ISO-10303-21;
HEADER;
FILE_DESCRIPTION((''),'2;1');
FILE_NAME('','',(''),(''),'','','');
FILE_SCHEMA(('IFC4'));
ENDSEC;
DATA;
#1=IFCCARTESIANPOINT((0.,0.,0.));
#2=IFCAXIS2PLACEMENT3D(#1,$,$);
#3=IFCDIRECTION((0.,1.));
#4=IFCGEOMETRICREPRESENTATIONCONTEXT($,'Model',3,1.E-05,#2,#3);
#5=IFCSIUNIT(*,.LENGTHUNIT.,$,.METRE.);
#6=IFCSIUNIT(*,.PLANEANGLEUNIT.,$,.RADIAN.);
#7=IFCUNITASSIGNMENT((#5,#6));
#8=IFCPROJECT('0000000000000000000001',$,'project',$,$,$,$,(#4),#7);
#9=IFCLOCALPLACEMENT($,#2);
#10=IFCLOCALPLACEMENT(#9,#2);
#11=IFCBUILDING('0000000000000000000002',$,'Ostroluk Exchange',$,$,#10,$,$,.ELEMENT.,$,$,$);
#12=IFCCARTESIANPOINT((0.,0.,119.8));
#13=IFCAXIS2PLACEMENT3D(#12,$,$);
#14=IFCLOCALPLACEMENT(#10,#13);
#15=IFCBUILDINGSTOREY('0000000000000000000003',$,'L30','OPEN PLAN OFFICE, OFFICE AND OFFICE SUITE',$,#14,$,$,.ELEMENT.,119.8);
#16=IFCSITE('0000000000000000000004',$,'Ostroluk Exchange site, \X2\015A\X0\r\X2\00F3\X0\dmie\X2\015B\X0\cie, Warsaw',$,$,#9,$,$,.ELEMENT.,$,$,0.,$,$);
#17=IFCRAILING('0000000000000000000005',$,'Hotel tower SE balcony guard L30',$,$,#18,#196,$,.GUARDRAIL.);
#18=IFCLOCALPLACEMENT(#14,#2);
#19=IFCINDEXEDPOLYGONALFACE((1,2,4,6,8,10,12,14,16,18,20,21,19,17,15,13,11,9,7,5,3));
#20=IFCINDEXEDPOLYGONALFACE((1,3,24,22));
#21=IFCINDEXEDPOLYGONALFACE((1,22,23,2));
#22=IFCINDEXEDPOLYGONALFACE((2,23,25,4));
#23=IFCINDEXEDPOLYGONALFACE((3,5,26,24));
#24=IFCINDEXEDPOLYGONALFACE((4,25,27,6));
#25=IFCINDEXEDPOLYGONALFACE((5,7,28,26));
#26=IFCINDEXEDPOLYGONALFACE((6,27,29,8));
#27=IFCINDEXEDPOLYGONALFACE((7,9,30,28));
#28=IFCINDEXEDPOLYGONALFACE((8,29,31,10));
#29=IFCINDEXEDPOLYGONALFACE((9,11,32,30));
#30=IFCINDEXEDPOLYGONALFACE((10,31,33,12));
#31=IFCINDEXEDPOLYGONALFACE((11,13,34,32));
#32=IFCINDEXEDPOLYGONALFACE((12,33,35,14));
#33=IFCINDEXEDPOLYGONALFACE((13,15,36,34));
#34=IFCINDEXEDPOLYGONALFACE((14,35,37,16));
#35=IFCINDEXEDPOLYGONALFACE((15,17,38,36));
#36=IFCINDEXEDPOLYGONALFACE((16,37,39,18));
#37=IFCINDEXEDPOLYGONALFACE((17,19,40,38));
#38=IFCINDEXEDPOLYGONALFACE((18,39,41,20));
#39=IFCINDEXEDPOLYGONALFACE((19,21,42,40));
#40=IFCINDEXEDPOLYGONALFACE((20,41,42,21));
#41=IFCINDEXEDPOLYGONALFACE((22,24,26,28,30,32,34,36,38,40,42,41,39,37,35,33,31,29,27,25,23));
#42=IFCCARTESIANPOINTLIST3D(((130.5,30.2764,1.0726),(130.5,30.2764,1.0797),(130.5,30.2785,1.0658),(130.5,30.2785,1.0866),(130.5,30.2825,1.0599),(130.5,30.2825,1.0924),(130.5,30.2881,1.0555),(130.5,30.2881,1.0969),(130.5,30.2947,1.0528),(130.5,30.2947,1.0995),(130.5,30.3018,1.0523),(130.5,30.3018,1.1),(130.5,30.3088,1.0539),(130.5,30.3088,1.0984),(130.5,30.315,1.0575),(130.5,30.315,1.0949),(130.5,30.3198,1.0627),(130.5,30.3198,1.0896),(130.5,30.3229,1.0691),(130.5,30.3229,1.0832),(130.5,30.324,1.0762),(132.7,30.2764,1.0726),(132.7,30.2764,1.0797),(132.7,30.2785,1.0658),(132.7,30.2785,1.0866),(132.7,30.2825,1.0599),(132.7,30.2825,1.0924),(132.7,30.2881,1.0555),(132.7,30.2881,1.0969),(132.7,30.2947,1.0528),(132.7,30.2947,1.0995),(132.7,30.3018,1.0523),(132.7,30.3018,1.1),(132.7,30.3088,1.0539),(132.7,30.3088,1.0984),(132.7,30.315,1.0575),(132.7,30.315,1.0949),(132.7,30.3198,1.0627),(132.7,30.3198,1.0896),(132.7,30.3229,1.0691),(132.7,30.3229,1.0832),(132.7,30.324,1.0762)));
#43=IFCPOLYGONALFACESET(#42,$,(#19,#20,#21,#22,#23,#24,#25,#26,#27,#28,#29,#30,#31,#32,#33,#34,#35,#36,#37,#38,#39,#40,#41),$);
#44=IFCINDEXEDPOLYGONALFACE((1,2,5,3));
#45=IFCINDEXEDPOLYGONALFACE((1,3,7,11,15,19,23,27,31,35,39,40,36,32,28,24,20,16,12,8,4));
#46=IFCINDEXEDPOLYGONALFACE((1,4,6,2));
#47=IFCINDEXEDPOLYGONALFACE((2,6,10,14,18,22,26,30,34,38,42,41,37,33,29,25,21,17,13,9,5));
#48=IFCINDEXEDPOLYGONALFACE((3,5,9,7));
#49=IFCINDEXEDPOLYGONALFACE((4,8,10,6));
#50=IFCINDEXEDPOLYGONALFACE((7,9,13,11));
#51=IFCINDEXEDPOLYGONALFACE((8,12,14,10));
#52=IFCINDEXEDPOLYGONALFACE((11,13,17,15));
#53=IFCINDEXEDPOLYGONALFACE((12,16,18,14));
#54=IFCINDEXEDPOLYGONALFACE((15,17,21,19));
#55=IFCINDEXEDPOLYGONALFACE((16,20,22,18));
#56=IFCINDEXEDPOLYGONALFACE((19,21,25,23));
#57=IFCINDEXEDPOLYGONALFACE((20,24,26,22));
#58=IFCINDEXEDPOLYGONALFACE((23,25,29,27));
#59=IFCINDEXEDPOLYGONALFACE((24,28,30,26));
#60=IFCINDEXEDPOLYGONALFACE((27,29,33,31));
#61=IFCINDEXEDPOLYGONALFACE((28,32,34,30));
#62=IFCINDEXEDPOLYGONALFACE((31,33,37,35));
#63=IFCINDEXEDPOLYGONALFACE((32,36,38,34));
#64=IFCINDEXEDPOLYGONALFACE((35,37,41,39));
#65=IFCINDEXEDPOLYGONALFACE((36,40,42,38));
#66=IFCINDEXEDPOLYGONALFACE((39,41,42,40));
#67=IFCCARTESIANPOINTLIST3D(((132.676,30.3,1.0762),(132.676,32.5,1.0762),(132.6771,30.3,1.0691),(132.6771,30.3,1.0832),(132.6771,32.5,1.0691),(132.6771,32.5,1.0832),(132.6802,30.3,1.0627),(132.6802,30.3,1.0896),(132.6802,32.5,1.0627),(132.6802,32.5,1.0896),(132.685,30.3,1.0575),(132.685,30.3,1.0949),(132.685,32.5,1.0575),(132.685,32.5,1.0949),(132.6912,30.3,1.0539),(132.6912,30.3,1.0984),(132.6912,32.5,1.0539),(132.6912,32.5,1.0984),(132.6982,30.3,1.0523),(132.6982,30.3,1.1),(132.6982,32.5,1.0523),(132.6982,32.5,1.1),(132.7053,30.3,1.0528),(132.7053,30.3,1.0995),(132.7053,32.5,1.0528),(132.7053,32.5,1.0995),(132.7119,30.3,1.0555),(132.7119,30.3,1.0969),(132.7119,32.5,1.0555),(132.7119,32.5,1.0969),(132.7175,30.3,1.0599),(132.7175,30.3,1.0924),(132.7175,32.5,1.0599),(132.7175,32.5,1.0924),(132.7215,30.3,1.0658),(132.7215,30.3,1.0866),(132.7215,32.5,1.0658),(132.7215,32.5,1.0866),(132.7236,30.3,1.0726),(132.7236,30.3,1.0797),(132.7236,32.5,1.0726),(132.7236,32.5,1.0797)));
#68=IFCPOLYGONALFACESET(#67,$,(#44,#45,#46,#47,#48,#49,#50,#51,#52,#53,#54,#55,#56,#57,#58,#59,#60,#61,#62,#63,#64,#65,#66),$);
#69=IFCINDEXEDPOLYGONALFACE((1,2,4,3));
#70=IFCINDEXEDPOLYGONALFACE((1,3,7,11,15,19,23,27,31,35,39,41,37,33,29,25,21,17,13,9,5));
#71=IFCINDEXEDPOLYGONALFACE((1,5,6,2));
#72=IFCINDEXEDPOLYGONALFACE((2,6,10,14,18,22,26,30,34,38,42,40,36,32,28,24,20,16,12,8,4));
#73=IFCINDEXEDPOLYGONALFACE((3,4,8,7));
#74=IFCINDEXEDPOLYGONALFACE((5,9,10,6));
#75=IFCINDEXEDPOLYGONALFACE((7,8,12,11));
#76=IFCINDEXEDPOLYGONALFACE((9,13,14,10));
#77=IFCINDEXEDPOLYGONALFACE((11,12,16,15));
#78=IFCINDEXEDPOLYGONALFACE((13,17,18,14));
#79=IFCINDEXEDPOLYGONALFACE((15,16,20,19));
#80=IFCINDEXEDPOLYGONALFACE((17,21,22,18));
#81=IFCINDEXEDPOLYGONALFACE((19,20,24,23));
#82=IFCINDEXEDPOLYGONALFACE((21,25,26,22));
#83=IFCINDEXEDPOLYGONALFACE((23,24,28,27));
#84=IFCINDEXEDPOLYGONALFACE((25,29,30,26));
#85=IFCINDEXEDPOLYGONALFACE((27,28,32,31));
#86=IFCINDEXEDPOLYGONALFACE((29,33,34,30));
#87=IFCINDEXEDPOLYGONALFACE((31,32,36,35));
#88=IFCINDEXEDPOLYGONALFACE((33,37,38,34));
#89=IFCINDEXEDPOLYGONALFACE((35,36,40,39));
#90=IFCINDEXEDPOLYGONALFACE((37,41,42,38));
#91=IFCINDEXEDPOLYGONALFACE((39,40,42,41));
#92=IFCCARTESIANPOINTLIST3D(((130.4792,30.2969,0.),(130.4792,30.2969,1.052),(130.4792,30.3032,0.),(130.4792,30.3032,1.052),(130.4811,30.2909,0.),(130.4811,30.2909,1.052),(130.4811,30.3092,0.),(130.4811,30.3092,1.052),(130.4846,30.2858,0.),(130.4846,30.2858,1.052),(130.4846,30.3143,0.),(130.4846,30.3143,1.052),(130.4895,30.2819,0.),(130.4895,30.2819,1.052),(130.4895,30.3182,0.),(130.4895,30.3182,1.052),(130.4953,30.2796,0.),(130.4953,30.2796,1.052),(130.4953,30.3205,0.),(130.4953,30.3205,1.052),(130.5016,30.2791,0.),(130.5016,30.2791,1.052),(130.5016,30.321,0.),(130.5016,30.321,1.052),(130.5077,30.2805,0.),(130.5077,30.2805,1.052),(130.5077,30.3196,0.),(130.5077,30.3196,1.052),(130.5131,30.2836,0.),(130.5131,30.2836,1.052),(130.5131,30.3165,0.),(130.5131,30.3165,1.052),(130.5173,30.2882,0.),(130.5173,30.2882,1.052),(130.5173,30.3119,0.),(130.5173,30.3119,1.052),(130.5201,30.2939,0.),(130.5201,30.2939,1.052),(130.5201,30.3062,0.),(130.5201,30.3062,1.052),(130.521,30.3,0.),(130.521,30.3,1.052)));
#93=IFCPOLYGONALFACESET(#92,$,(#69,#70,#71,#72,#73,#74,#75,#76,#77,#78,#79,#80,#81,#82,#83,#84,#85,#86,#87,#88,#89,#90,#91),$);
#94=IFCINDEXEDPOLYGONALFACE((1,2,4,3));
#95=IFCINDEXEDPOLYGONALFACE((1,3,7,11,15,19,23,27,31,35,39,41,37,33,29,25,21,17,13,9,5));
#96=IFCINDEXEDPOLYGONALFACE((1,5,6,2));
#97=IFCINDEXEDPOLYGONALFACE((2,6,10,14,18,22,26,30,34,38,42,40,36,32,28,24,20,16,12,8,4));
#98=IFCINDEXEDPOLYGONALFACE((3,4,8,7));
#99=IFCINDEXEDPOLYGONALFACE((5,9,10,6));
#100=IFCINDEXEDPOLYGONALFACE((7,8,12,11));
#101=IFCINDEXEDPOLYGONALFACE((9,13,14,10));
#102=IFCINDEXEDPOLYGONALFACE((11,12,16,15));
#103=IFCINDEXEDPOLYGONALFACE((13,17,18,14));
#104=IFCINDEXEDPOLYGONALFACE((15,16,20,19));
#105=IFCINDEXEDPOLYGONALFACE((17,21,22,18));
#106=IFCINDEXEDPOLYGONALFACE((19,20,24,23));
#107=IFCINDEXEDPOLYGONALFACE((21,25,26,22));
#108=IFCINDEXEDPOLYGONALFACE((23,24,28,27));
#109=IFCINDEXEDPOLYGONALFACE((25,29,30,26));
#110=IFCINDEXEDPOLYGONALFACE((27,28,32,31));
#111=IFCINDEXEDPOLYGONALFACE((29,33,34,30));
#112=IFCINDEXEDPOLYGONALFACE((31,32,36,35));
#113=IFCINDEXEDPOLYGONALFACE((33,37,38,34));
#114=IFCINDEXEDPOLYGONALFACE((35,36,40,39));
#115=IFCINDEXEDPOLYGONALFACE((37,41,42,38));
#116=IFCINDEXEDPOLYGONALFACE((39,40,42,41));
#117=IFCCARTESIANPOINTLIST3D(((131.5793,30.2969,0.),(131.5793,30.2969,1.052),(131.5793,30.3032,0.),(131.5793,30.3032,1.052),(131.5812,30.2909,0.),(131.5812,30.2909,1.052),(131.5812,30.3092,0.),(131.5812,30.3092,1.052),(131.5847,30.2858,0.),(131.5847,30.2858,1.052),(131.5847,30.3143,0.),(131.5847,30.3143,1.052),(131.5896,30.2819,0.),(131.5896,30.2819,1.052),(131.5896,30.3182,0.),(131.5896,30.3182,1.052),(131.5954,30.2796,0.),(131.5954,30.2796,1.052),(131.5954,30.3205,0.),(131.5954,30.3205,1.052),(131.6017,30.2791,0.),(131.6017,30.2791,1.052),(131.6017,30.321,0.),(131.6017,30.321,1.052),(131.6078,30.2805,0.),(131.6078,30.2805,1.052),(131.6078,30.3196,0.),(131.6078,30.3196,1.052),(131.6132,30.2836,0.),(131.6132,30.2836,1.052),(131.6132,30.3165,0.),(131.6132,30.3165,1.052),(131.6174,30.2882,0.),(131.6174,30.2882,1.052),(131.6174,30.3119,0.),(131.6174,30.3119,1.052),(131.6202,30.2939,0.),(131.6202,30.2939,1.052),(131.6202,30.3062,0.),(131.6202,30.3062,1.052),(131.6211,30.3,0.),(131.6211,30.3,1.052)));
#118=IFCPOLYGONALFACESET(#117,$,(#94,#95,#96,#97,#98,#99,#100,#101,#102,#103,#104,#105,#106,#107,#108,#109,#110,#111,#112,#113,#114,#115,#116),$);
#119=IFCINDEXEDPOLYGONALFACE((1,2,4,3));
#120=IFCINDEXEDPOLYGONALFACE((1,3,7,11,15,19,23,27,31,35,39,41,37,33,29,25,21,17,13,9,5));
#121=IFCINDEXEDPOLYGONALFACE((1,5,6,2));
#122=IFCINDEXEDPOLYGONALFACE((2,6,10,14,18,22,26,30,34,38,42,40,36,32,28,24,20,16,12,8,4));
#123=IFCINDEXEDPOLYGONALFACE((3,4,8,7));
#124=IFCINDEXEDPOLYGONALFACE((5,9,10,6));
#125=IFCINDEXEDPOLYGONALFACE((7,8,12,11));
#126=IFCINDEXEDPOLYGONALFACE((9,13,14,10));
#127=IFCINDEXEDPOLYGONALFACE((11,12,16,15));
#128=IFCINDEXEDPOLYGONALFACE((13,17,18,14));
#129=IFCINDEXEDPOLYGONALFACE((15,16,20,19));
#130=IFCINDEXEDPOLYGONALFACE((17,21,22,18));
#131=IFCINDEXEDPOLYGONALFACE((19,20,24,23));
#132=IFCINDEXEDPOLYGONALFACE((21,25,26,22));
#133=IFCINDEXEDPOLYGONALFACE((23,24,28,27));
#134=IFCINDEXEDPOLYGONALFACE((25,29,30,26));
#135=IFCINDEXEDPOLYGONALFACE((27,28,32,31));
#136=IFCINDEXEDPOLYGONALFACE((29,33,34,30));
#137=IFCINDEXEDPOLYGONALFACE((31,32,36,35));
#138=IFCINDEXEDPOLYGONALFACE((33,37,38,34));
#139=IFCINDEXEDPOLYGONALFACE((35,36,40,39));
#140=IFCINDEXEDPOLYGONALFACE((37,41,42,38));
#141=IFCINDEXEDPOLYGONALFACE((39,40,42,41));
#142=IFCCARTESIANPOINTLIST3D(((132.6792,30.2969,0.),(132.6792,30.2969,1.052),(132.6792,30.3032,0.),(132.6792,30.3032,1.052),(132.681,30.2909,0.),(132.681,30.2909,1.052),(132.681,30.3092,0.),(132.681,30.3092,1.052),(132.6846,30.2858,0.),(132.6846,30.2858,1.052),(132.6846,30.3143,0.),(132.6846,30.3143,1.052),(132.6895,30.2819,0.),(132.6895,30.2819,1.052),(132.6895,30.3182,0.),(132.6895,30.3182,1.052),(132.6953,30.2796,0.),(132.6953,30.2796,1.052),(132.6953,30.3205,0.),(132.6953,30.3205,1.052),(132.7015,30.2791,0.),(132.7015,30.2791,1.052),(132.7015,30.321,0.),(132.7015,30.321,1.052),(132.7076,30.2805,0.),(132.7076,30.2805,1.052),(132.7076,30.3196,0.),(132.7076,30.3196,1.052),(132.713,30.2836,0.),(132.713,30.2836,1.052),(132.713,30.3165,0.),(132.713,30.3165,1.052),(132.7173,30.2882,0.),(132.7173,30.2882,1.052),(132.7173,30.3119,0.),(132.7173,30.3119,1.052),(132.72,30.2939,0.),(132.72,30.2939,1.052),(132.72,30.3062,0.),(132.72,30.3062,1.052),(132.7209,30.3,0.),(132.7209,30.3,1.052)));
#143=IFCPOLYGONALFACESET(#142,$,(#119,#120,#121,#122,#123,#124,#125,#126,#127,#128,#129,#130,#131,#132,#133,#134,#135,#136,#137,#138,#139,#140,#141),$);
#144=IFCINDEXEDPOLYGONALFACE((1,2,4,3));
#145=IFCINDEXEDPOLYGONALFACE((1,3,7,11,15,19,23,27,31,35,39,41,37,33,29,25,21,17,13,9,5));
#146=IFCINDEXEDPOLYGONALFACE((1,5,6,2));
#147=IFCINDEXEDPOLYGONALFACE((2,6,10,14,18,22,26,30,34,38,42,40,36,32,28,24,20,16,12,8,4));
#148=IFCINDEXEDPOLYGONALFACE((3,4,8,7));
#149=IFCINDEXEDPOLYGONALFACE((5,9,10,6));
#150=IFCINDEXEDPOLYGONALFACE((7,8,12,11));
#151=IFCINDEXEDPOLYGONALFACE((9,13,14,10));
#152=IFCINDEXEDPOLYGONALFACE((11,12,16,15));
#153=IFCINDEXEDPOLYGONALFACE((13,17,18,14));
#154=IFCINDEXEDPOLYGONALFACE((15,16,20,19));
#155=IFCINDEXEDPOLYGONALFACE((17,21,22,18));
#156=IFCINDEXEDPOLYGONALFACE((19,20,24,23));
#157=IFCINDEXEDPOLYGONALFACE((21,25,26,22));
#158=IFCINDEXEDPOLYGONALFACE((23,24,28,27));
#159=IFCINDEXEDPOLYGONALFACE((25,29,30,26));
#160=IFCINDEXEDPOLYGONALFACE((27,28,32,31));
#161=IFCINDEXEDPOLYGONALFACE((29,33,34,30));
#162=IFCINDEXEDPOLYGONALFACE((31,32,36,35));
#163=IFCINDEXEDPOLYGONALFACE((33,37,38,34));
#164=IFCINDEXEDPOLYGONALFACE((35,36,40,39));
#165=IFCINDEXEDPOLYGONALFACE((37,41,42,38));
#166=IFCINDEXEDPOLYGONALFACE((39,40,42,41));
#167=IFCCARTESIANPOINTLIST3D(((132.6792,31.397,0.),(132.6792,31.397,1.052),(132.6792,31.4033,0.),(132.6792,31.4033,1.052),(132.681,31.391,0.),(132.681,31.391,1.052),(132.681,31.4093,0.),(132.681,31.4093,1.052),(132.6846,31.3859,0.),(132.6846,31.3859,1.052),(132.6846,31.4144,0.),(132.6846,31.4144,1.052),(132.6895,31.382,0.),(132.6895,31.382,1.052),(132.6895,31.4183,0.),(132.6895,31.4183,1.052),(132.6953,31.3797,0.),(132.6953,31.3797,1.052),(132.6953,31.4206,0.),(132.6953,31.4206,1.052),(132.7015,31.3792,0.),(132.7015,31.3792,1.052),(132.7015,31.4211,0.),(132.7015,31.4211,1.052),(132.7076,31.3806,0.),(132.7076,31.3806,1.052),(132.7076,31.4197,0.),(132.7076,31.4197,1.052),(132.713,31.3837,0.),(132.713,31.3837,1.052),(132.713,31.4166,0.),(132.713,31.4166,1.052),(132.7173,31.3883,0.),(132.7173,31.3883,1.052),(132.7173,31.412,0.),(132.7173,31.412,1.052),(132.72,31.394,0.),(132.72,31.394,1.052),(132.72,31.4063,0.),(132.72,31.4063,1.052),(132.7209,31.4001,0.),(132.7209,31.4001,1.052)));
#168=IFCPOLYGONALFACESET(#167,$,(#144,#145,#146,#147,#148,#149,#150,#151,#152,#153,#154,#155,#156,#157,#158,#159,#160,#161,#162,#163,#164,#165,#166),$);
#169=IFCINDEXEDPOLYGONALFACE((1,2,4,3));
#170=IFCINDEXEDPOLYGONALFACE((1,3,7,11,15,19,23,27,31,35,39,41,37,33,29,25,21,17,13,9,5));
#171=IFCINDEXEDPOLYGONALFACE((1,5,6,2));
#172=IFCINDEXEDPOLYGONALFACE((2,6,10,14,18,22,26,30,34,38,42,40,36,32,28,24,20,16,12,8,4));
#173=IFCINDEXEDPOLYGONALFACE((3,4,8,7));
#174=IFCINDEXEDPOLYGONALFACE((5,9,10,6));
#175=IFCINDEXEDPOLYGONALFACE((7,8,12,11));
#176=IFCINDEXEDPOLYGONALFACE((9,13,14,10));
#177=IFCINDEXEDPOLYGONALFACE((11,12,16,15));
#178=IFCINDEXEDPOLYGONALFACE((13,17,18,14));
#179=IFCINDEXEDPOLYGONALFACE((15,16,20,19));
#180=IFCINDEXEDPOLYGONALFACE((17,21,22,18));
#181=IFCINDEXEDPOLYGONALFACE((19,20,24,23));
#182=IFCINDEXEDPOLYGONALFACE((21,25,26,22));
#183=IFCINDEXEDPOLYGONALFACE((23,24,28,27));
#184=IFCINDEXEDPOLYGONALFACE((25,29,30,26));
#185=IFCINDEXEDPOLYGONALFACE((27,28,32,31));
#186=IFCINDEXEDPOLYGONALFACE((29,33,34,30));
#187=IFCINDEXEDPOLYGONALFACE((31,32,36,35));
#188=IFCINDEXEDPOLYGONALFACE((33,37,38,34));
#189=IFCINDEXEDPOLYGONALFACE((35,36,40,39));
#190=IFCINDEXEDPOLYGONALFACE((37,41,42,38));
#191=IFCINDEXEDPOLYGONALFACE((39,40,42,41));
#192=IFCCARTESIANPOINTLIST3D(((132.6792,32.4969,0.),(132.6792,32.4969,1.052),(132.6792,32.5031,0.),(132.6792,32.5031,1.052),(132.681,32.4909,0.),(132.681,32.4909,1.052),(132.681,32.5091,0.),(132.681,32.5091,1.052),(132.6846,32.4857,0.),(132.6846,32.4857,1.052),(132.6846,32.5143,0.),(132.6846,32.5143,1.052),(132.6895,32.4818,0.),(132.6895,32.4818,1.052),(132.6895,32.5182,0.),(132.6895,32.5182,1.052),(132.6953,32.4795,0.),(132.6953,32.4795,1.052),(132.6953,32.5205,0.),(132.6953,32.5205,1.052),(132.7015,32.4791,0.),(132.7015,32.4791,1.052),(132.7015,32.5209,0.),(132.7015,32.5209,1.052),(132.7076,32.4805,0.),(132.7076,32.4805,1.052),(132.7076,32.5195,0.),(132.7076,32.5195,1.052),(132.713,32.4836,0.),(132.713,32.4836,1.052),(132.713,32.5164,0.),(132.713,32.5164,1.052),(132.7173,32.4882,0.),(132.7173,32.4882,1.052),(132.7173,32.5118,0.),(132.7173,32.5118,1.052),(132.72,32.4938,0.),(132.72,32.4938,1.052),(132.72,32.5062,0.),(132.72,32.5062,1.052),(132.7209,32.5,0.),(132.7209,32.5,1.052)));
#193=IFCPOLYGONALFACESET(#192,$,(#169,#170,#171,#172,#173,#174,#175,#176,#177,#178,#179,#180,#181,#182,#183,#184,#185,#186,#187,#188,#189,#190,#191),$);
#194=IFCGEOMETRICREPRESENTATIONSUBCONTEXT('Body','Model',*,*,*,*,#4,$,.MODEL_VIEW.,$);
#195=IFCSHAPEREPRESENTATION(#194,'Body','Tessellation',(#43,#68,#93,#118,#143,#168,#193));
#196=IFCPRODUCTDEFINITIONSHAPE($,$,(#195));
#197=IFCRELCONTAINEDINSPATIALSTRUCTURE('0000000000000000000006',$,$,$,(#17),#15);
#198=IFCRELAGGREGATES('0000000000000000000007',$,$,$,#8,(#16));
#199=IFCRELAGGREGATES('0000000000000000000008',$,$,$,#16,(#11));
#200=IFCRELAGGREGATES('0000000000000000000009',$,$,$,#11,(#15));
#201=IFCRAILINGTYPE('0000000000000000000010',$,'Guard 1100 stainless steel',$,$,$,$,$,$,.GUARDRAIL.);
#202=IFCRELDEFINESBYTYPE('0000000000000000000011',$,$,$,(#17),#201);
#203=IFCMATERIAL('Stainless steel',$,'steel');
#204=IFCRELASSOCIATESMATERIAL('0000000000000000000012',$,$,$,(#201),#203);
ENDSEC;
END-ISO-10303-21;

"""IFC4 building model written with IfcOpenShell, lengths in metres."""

from ifc_helpers import new_model, si_unit, direction, frame, origin, origin_2d, place, context, subcontext, project, spatial, circle, extrude, material, type_object, element, save


model = new_model("IFC4")

# Units and contexts
model_context = context("Model", 3, precision=1e-05, world=origin(), true_north=direction((0.0, 1.0)))
body_context = subcontext(model_context, "Body", "Model", "MODEL_VIEW")
ifc_project = project(units=[si_unit("LENGTHUNIT", "METRE"), si_unit("PLANEANGLEUNIT", "RADIAN")], contexts=[model_context])

# Site, building, storey
site_placement = place(None, origin())
site = spatial("IfcSite", under=ifc_project, at=site_placement, Name="Ostroluk Exchange site, Śródmieście, Warsaw", CompositionType="ELEMENT", RefElevation=0.0)
building_placement = place(site_placement, origin())
building = spatial("IfcBuilding", under=site, at=building_placement, Name="Ostroluk Exchange", CompositionType="ELEMENT")
storey_placement = place(building_placement, frame((0.0, 0.0, 119.8)))
storey = spatial("IfcBuildingStorey", under=building, at=storey_placement, Name="L30", Description="OPEN PLAN OFFICE, OFFICE AND OFFICE SUITE", CompositionType="ELEMENT", Elevation=119.8)

# Railing
ifc_material_1 = material(Name="Stainless steel", Category="steel")
railing_type_1 = type_object("IfcRailingType", Name="Guard 1100 stainless steel", PredefinedType="GUARDRAIL", material=ifc_material_1)
railing_1_placement = place(storey_placement, frame((130.5, 30.3, 0.0)))
element("IfcRailing", 1, at=railing_1_placement, inside=storey, type_object=railing_type_1, Name="Hotel tower SE balcony guard L30", PredefinedType="GUARDRAIL", context=body_context, shape_type="SweptSolid", body=[
    extrude(circle(Radius=0.0239, at=origin_2d()), frame((0.0, 0.0, 1.0762), z_axis=(1.0, 0.0, 0.0), x_axis=(0.0, 1.0, 0.0)), (0.0, 0.0, 1.0), 2.2),
    extrude(circle(Radius=0.0239, at=origin_2d()), frame((2.2, 0.0, 1.0762), z_axis=(0.0, 1.0, 0.0), x_axis=(-1.0, 0.0, 0.0)), (0.0, 0.0, 1.0), 2.2),
    extrude(circle(Radius=0.021, at=origin_2d()), origin(), (0.0, 0.0, 1.0), 1.052),
    extrude(circle(Radius=0.021, at=origin_2d()), frame((1.1001, 0.0, 0.0)), (0.0, 0.0, 1.0), 1.052),
    extrude(circle(Radius=0.021, at=origin_2d()), frame((2.2, 0.0, 0.0)), (0.0, 0.0, 1.0), 1.052),
    extrude(circle(Radius=0.021, at=origin_2d()), frame((2.2, 1.1001, 0.0)), (0.0, 0.0, 1.0), 1.052),
    extrude(circle(Radius=0.021, at=origin_2d()), frame((2.2, 2.2, 0.0)), (0.0, 0.0, 1.0), 1.052),
])

save(model, "model.ifc")
